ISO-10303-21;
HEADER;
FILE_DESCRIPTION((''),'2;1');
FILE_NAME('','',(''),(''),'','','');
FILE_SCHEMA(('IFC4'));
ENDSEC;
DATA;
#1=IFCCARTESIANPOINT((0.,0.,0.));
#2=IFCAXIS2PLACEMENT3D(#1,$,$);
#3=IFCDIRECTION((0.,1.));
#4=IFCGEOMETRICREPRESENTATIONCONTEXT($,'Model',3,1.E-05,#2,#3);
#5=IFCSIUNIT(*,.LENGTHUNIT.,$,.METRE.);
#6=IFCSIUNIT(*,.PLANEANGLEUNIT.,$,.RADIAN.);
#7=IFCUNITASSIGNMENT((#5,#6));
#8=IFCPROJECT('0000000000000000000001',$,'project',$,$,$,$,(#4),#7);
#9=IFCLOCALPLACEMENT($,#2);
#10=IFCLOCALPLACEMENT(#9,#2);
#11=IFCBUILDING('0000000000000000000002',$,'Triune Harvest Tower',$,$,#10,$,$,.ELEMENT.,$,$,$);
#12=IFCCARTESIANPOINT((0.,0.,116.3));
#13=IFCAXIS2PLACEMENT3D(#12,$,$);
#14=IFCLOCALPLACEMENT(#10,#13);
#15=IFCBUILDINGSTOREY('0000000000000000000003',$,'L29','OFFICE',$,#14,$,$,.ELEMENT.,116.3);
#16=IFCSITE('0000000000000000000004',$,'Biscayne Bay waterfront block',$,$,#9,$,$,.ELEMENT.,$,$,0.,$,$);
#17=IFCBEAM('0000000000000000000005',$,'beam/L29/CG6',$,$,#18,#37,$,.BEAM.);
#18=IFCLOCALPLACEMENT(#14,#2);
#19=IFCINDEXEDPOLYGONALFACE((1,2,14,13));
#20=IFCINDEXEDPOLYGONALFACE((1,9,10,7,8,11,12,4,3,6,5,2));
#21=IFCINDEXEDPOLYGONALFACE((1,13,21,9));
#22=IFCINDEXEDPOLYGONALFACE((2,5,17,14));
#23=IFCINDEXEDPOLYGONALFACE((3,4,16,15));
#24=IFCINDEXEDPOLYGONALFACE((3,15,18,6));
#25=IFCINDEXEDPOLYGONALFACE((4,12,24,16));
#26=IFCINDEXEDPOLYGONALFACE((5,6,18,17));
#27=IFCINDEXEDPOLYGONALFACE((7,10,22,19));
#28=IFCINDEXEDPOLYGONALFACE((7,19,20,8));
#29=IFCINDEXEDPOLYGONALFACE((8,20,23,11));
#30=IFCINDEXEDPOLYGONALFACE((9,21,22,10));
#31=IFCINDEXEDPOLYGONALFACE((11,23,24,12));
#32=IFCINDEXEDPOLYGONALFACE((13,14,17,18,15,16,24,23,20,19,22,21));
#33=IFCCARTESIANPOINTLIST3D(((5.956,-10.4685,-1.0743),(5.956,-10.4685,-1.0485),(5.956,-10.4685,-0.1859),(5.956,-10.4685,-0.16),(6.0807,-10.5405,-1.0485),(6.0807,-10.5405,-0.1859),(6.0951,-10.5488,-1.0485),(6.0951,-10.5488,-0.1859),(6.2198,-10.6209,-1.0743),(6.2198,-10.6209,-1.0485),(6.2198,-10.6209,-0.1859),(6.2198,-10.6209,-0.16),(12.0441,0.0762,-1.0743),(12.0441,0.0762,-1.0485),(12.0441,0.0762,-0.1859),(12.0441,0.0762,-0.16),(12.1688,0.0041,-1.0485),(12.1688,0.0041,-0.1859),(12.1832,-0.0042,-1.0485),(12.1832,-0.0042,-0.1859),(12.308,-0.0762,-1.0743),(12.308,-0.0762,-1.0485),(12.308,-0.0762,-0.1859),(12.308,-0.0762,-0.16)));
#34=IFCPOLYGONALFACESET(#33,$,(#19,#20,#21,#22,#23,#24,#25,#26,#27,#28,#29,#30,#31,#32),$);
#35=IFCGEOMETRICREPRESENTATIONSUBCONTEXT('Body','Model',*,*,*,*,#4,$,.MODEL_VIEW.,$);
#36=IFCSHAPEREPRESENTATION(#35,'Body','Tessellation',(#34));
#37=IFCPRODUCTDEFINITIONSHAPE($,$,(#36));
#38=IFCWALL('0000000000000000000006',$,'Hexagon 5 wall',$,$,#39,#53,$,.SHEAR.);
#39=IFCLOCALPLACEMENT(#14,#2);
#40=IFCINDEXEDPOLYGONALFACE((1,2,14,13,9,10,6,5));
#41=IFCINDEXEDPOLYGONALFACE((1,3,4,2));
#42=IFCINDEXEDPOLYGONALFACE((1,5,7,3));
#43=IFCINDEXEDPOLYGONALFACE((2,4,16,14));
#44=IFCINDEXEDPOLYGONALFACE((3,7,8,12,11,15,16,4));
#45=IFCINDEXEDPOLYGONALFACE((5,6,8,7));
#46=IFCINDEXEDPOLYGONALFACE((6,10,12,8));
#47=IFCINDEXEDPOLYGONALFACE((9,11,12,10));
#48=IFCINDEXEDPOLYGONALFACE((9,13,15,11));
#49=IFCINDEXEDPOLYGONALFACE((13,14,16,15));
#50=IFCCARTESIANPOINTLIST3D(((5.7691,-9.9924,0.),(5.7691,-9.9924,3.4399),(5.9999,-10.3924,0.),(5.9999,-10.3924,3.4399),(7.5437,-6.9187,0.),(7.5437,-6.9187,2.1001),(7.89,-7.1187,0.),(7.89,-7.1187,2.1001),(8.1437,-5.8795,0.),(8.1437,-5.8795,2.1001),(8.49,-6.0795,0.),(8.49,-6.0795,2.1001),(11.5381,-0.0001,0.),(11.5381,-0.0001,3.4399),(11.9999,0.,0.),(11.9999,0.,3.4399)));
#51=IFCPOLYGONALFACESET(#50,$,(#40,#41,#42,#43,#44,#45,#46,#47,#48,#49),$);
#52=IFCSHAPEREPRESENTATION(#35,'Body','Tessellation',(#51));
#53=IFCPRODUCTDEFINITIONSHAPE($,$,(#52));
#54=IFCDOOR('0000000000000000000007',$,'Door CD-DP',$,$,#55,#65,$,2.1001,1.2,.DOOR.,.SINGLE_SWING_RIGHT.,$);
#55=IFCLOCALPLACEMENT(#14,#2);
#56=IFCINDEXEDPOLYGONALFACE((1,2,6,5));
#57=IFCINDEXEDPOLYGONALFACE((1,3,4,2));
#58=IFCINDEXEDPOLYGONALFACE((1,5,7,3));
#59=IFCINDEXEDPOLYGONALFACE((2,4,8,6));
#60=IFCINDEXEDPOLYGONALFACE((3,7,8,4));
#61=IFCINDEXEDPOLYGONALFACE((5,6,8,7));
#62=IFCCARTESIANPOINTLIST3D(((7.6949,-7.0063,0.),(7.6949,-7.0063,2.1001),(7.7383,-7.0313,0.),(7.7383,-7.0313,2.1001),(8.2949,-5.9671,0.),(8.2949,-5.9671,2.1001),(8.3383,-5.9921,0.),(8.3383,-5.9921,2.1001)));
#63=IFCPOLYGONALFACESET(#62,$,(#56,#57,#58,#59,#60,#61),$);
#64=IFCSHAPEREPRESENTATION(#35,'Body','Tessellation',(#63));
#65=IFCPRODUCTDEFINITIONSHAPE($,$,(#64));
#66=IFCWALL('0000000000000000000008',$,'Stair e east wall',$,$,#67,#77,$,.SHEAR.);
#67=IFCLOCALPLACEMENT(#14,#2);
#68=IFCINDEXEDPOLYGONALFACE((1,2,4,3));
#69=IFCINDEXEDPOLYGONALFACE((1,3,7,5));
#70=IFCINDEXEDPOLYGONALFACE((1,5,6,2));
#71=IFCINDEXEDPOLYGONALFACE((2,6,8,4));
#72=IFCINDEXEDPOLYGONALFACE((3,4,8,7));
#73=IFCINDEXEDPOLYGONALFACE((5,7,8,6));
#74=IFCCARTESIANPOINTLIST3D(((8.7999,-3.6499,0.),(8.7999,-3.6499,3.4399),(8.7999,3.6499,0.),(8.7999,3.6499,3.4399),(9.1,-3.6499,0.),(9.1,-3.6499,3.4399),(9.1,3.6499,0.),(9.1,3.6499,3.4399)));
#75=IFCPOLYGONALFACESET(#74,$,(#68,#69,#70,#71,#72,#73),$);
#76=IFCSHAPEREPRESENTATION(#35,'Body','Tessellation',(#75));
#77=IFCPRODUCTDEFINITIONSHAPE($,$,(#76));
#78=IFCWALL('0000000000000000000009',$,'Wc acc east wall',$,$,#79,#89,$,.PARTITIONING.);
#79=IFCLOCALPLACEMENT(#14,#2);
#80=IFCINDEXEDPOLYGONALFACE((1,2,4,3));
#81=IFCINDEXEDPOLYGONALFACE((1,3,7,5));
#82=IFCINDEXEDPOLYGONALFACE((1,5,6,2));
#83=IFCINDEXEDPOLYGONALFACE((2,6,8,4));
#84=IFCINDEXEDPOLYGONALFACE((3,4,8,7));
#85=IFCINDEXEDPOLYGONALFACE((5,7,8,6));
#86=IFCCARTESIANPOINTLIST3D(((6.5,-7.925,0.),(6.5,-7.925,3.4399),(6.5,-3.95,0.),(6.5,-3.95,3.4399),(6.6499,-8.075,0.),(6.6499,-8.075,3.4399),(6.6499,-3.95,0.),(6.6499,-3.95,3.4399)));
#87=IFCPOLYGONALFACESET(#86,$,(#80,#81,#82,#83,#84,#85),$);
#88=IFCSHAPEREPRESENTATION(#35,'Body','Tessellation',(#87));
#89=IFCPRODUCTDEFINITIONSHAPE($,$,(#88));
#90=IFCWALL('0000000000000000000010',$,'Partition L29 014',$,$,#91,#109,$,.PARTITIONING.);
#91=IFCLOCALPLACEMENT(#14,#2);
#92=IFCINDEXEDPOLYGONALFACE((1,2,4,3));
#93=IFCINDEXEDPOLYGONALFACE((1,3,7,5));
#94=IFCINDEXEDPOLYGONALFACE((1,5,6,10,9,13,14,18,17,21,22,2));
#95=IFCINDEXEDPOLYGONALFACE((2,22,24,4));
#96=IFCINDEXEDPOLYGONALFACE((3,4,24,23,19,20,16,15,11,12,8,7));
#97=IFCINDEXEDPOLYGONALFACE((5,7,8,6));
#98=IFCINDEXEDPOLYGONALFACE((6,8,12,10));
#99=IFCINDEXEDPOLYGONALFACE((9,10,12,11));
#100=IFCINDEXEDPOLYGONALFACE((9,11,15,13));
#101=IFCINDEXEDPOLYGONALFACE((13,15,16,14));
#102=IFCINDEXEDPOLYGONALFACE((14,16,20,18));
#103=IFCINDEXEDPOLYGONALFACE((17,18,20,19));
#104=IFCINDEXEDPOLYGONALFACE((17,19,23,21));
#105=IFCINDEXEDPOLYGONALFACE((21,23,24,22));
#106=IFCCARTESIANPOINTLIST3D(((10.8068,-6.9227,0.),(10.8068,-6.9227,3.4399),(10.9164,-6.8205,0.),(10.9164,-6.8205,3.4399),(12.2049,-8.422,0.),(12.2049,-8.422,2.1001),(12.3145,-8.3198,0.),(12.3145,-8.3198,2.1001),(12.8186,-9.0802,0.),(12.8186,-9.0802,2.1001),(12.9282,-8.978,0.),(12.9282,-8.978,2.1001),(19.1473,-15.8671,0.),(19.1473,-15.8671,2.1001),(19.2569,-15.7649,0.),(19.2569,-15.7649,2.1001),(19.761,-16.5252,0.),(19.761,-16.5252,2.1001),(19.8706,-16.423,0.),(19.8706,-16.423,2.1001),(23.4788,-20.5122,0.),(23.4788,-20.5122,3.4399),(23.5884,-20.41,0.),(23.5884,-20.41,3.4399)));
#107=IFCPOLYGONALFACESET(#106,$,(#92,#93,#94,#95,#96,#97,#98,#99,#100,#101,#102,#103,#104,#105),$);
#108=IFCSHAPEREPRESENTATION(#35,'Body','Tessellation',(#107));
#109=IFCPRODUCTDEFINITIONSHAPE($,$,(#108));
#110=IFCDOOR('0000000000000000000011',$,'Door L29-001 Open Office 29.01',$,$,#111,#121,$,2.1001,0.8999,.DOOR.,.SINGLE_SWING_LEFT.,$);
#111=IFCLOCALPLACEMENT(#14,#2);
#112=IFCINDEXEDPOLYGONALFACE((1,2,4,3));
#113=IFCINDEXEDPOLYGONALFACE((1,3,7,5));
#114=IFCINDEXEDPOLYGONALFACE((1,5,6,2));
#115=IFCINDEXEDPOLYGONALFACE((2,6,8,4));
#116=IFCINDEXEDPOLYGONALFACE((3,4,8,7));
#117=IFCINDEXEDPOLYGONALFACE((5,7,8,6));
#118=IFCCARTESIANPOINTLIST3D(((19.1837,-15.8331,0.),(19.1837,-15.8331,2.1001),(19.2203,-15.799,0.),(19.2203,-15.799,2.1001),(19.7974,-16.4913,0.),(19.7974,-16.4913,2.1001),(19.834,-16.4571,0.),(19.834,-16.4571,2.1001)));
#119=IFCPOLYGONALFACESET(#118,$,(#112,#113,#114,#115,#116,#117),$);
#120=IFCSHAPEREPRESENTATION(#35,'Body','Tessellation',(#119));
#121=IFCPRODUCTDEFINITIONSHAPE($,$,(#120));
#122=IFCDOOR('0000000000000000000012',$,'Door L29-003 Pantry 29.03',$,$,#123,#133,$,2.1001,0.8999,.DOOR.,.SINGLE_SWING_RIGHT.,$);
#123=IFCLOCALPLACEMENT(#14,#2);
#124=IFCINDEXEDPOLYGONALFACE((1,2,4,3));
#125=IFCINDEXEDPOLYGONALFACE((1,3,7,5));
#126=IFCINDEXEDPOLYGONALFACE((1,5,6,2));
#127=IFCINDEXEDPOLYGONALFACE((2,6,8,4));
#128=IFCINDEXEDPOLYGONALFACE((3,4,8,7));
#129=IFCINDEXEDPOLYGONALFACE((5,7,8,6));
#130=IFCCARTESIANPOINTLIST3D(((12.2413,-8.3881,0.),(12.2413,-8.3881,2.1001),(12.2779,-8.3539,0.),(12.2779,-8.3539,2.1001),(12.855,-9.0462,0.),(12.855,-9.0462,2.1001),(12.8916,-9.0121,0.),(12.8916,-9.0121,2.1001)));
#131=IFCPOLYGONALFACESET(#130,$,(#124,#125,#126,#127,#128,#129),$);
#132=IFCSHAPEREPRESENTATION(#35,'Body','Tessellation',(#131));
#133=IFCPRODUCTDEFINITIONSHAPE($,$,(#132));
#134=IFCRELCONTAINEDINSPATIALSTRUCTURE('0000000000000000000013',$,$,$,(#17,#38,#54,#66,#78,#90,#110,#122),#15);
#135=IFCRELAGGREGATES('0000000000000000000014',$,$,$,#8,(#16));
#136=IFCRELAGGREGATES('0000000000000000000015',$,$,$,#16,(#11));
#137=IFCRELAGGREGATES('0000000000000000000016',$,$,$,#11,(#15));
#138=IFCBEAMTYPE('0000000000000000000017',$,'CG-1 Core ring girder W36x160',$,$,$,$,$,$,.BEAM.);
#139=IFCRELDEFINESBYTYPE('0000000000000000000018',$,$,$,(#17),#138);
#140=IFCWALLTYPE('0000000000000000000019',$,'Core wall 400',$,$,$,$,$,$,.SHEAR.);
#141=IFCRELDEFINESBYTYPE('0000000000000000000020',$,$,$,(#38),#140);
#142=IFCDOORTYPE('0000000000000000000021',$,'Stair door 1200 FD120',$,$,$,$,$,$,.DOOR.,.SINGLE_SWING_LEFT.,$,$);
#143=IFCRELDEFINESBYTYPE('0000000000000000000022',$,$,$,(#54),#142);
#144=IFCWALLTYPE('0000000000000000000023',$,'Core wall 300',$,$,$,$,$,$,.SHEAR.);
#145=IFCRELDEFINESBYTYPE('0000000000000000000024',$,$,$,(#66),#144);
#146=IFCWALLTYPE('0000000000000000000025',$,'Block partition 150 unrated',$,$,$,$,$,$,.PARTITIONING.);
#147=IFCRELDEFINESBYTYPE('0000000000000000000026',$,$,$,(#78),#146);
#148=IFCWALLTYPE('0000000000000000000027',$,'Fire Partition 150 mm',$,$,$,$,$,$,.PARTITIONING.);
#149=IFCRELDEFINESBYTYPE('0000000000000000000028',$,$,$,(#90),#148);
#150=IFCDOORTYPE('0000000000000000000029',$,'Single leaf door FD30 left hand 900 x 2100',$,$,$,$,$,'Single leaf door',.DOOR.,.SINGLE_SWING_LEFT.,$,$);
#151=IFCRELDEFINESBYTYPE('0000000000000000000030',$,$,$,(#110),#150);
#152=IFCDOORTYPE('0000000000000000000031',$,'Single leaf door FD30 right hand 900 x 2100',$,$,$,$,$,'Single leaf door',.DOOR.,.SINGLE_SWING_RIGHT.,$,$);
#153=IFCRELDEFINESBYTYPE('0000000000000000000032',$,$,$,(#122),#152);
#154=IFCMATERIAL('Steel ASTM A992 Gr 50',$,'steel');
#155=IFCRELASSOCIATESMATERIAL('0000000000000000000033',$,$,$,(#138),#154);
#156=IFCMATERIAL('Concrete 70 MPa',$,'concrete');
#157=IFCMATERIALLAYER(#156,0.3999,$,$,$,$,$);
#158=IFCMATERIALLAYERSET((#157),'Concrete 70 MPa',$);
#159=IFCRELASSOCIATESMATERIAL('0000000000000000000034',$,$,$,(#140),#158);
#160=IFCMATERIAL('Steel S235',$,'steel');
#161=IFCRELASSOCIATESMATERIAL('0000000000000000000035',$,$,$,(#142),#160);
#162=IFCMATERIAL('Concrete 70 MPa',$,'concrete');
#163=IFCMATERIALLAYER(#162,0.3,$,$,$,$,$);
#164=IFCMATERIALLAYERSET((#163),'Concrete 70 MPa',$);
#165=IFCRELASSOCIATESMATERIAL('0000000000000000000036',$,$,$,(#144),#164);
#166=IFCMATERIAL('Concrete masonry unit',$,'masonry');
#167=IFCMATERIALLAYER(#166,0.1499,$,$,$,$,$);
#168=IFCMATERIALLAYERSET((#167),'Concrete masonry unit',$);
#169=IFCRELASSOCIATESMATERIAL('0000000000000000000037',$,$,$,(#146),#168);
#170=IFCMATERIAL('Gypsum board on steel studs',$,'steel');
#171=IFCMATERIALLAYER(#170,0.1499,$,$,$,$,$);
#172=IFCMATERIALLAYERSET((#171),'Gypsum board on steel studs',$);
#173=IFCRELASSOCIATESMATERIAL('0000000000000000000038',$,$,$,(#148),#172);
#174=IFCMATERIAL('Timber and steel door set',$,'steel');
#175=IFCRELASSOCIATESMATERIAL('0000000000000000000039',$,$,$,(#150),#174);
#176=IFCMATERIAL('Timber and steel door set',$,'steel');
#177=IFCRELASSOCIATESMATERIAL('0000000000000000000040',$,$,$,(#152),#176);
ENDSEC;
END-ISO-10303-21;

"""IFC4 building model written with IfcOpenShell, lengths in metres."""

from ifc_helpers import new_model, si_unit, direction, frame, frame_2d, origin, origin_2d, place, context, subcontext, project, spatial, polyline, rectangle, i_section, outline, extrude, source, transform, mapped, material, layer, layer_set, material_profile, profile_set, type_object, element, fill, save


model = new_model("IFC4")

# Units and contexts
model_context = context("Model", 3, precision=1e-05, world=origin(), true_north=direction((0.0, 1.0)))
body_context = subcontext(model_context, "Body", "Model", "MODEL_VIEW")
ifc_project = project(units=[si_unit("LENGTHUNIT", "METRE"), si_unit("PLANEANGLEUNIT", "RADIAN")], contexts=[model_context])

# Site, building, storey
site_placement = place(None, origin())
site = spatial("IfcSite", under=ifc_project, at=site_placement, Name="Biscayne Bay waterfront block", CompositionType="ELEMENT", RefElevation=0.0)
building_placement = place(site_placement, origin())
building = spatial("IfcBuilding", under=site, at=building_placement, Name="Triune Harvest Tower", CompositionType="ELEMENT")
storey_placement = place(building_placement, frame((0.0, 0.0, 116.3)))
storey = spatial("IfcBuildingStorey", under=building, at=storey_placement, Name="L29", Description="OFFICE", CompositionType="ELEMENT", Elevation=116.3)

# Beam
ifc_material_1 = material(Name="Steel ASTM A992 Gr 50", Category="steel")
ifc_material_profile = material_profile(ifc_material_1, i_section(OverallWidth=0.3047, OverallDepth=0.9143, WebThickness=0.0166, FlangeThickness=0.0259, at=origin_2d()), Name="W36x160")
ifc_profile_set = profile_set([ifc_material_profile], Name="Steel ASTM A992 Gr 50")
beam_type = type_object("IfcBeamType", Name="CG-1 Core ring girder W36x160", PredefinedType="BEAM", material=ifc_profile_set)
shared_shape_1 = source(origin(), body_context, "Body", "SweptSolid", [
    extrude(i_section(OverallWidth=0.3047, OverallDepth=0.9143, WebThickness=0.0166, FlangeThickness=0.0259, at=origin_2d()), origin(), (0.0, 0.0, 1.0), 12.176),
])
beam_placement = place(storey_placement, frame((6.0879, -10.5447, -0.6172), z_axis=(0.50001, 0.86602, 0.0), x_axis=(-0.86602, 0.50001, 0.0)))
element("IfcBeam", 1, at=beam_placement, inside=storey, type_object=beam_type, Name="beam/L29/CG6", PredefinedType="BEAM", context=body_context, shape_type="MappedRepresentation", body=[
    mapped(shared_shape_1, transform((0.0, 0.0, 0.0), scale=1.0)),
])

# Wall, opening, door
ifc_material_2 = material(Name="Concrete 70 MPa", Category="concrete")
ifc_layer_1 = layer(ifc_material_2, 0.3999)
ifc_layer_set_1 = layer_set([ifc_layer_1], Name="Concrete 70 MPa")
wall_type_1 = type_object("IfcWallType", Name="Core wall 400", PredefinedType="SHEAR", material=ifc_layer_set_1)
shared_shape_2 = source(origin(), body_context, "Body", "SweptSolid", [
    extrude(outline(polyline([(-0.1155, -0.2), (11.8845, -0.2), (11.6536, 0.2), (0.1155, 0.2), (-0.1155, -0.2)])), origin(), (0.0, 0.0, 1.0), 3.4399),
])
wall_1_placement = place(storey_placement, frame((5.8845, -10.1924, 0.0), z_axis=(0.0, 0.0, 1.0), x_axis=(0.499997, 0.866027, 0.0)))
wall_1 = element("IfcWall", 2, at=wall_1_placement, inside=storey, type_object=wall_type_1, Name="Hexagon 5 wall", PredefinedType="SHEAR", context=body_context, shape_type="MappedRepresentation", body=[
    mapped(shared_shape_2, transform((0.0, 0.0, 0.0), scale=1.0)),
])
opening_1_placement = place(wall_1_placement, frame((3.6646, 0.0, 0.0)))
opening_1 = element("IfcOpeningElement", 3, at=opening_1_placement, cuts=wall_1, PredefinedType="OPENING", context=body_context, shape_type="SweptSolid", body=[
    extrude(rectangle(XDim=1.2, YDim=2.1001, at=frame_2d((0.6001, 1.05))), frame((0.0, 0.21, 0.0), z_axis=(0.0, -1.0, 0.0), x_axis=(1.0, 0.0, 0.0)), (0.0, 0.0, 1.0), 0.4199),
])
ifc_material_3 = material(Name="Steel S235", Category="steel")
door_type_1 = type_object("IfcDoorType", Name="Stair door 1200 FD120", OperationType="SINGLE_SWING_LEFT", PredefinedType="DOOR", material=ifc_material_3)
door_1_placement = place(opening_1_placement, frame((1.2, 0.0, 0.0), z_axis=(0.0, 0.0, 1.0), x_axis=(-1.0, 0.0, 0.0)))
door_1 = element("IfcDoor", 4, at=door_1_placement, inside=storey, type_object=door_type_1, Name="Door CD-DP", OperationType="SINGLE_SWING_RIGHT", OverallHeight=2.1001, OverallWidth=1.2, PredefinedType="DOOR", context=body_context, shape_type="SweptSolid", body=[
    extrude(rectangle(XDim=1.2, YDim=2.1001, at=frame_2d((0.6001, 1.05))), frame((0.0, 0.0249, 0.0), z_axis=(0.0, -1.0, 0.0), x_axis=(1.0, 0.0, 0.0)), (0.0, 0.0, 1.0), 0.05),
])
fill(opening_1, door_1)

# Walls
ifc_material_4 = material(Name="Concrete 70 MPa", Category="concrete")
ifc_layer_2 = layer(ifc_material_4, 0.3)
ifc_layer_set_2 = layer_set([ifc_layer_2], Name="Concrete 70 MPa")
wall_type_2 = type_object("IfcWallType", Name="Core wall 300", PredefinedType="SHEAR", material=ifc_layer_set_2)
shared_shape_3 = source(origin(), body_context, "Body", "SweptSolid", [
    extrude(rectangle(XDim=7.2998, YDim=0.3, at=frame_2d((3.6499, 0.0))), origin(), (0.0, 0.0, 1.0), 3.4399),
])
wall_2_placement = place(storey_placement, frame((8.95, -3.6499, 0.0), z_axis=(0.0, 0.0, 1.0), x_axis=(0.0, 1.0, 0.0)))
element("IfcWall", 5, at=wall_2_placement, inside=storey, type_object=wall_type_2, Name="Stair e east wall", PredefinedType="SHEAR", context=body_context, shape_type="MappedRepresentation", body=[
    mapped(shared_shape_3, transform((0.0, 0.0, 0.0), scale=1.0)),
])
ifc_material_5 = material(Name="Concrete masonry unit", Category="masonry")
ifc_layer_3 = layer(ifc_material_5, 0.1499)
ifc_layer_set_3 = layer_set([ifc_layer_3], Name="Concrete masonry unit")
wall_type_3 = type_object("IfcWallType", Name="Block partition 150 unrated", PredefinedType="PARTITIONING", material=ifc_layer_set_3)
shared_shape_4 = source(origin(), body_context, "Body", "SweptSolid", [
    extrude(outline(polyline([(-0.075, -0.075), (4.05, -0.075), (4.05, 0.075), (0.075, 0.075), (-0.075, -0.075)])), origin(), (0.0, 0.0, 1.0), 3.4399),
])
wall_3_placement = place(storey_placement, frame((6.575, -8.0, 0.0), z_axis=(0.0, 0.0, 1.0), x_axis=(0.0, 1.0, 0.0)))
element("IfcWall", 6, at=wall_3_placement, inside=storey, type_object=wall_type_3, Name="Wc acc east wall", PredefinedType="PARTITIONING", context=body_context, shape_type="MappedRepresentation", body=[
    mapped(shared_shape_4, transform((0.0, 0.0, 0.0), scale=1.0)),
])

# Wall, openings, doors
ifc_material_6 = material(Name="Gypsum board on steel studs", Category="steel")
ifc_layer_4 = layer(ifc_material_6, 0.1499)
ifc_layer_set_4 = layer_set([ifc_layer_4], Name="Gypsum board on steel studs")
wall_type_4 = type_object("IfcWallType", Name="Fire Partition 150 mm", PredefinedType="PARTITIONING", material=ifc_layer_set_4)
shared_shape_5 = source(origin(), body_context, "Body", "SweptSolid", [
    extrude(rectangle(XDim=18.5811, YDim=0.1499, at=frame_2d((9.2905, 0.0))), origin(), (0.0, 0.0, 1.0), 3.4399),
])
wall_4_placement = place(storey_placement, frame((10.8616, -6.8716, 0.0), z_axis=(0.0, 0.0, 1.0), x_axis=(0.681987, -0.731364, 0.0)))
wall_4 = element("IfcWall", 7, at=wall_4_placement, inside=storey, type_object=wall_type_4, Name="Partition L29 014", PredefinedType="PARTITIONING", context=body_context, shape_type="MappedRepresentation", body=[
    mapped(shared_shape_5, transform((0.0, 0.0, 0.0), scale=1.0)),
])
opening_2_placement = place(wall_4_placement, frame((12.2297, 0.0, 0.0)))
opening_2 = element("IfcOpeningElement", 8, at=opening_2_placement, cuts=wall_4, PredefinedType="OPENING", context=body_context, shape_type="SweptSolid", body=[
    extrude(rectangle(XDim=0.8999, YDim=2.1001, at=frame_2d((0.45, 1.05))), frame((0.0, 0.085, 0.0), z_axis=(0.0, -1.0, 0.0), x_axis=(1.0, 0.0, 0.0)), (0.0, 0.0, 1.0), 0.1699),
])
opening_3_placement = place(wall_4_placement, frame((2.05, 0.0, 0.0)))
opening_3 = element("IfcOpeningElement", 9, at=opening_3_placement, cuts=wall_4, PredefinedType="OPENING", context=body_context, shape_type="SweptSolid", body=[
    extrude(rectangle(XDim=0.8999, YDim=2.1001, at=frame_2d((0.45, 1.05))), frame((0.0, 0.085, 0.0), z_axis=(0.0, -1.0, 0.0), x_axis=(1.0, 0.0, 0.0)), (0.0, 0.0, 1.0), 0.1699),
])
ifc_material_7 = material(Name="Timber and steel door set", Category="steel")
door_type_2 = type_object("IfcDoorType", Name="Single leaf door FD30 left hand 900 x 2100", ElementType="Single leaf door", OperationType="SINGLE_SWING_LEFT", PredefinedType="DOOR", material=ifc_material_7)
door_2_placement = place(opening_2_placement, origin())
door_2 = element("IfcDoor", 10, at=door_2_placement, inside=storey, type_object=door_type_2, Name="Door L29-001 Open Office 29.01", OperationType="SINGLE_SWING_LEFT", OverallHeight=2.1001, OverallWidth=0.8999, PredefinedType="DOOR", context=body_context, shape_type="SweptSolid", body=[
    extrude(rectangle(XDim=0.8999, YDim=2.1001, at=frame_2d((0.45, 1.05))), frame((0.0, 0.0249, 0.0), z_axis=(0.0, -1.0, 0.0), x_axis=(1.0, 0.0, 0.0)), (0.0, 0.0, 1.0), 0.05),
])
fill(opening_2, door_2)
ifc_material_8 = material(Name="Timber and steel door set", Category="steel")
door_type_3 = type_object("IfcDoorType", Name="Single leaf door FD30 right hand 900 x 2100", ElementType="Single leaf door", OperationType="SINGLE_SWING_RIGHT", PredefinedType="DOOR", material=ifc_material_8)
door_3_placement = place(opening_3_placement, origin())
door_3 = element("IfcDoor", 11, at=door_3_placement, inside=storey, type_object=door_type_3, Name="Door L29-003 Pantry 29.03", OperationType="SINGLE_SWING_RIGHT", OverallHeight=2.1001, OverallWidth=0.8999, PredefinedType="DOOR", context=body_context, shape_type="SweptSolid", body=[
    extrude(rectangle(XDim=0.8999, YDim=2.1001, at=frame_2d((0.45, 1.05))), frame((0.0, 0.0249, 0.0), z_axis=(0.0, -1.0, 0.0), x_axis=(1.0, 0.0, 0.0)), (0.0, 0.0, 1.0), 0.05),
])
fill(opening_3, door_3)

save(model, "model.ifc")
